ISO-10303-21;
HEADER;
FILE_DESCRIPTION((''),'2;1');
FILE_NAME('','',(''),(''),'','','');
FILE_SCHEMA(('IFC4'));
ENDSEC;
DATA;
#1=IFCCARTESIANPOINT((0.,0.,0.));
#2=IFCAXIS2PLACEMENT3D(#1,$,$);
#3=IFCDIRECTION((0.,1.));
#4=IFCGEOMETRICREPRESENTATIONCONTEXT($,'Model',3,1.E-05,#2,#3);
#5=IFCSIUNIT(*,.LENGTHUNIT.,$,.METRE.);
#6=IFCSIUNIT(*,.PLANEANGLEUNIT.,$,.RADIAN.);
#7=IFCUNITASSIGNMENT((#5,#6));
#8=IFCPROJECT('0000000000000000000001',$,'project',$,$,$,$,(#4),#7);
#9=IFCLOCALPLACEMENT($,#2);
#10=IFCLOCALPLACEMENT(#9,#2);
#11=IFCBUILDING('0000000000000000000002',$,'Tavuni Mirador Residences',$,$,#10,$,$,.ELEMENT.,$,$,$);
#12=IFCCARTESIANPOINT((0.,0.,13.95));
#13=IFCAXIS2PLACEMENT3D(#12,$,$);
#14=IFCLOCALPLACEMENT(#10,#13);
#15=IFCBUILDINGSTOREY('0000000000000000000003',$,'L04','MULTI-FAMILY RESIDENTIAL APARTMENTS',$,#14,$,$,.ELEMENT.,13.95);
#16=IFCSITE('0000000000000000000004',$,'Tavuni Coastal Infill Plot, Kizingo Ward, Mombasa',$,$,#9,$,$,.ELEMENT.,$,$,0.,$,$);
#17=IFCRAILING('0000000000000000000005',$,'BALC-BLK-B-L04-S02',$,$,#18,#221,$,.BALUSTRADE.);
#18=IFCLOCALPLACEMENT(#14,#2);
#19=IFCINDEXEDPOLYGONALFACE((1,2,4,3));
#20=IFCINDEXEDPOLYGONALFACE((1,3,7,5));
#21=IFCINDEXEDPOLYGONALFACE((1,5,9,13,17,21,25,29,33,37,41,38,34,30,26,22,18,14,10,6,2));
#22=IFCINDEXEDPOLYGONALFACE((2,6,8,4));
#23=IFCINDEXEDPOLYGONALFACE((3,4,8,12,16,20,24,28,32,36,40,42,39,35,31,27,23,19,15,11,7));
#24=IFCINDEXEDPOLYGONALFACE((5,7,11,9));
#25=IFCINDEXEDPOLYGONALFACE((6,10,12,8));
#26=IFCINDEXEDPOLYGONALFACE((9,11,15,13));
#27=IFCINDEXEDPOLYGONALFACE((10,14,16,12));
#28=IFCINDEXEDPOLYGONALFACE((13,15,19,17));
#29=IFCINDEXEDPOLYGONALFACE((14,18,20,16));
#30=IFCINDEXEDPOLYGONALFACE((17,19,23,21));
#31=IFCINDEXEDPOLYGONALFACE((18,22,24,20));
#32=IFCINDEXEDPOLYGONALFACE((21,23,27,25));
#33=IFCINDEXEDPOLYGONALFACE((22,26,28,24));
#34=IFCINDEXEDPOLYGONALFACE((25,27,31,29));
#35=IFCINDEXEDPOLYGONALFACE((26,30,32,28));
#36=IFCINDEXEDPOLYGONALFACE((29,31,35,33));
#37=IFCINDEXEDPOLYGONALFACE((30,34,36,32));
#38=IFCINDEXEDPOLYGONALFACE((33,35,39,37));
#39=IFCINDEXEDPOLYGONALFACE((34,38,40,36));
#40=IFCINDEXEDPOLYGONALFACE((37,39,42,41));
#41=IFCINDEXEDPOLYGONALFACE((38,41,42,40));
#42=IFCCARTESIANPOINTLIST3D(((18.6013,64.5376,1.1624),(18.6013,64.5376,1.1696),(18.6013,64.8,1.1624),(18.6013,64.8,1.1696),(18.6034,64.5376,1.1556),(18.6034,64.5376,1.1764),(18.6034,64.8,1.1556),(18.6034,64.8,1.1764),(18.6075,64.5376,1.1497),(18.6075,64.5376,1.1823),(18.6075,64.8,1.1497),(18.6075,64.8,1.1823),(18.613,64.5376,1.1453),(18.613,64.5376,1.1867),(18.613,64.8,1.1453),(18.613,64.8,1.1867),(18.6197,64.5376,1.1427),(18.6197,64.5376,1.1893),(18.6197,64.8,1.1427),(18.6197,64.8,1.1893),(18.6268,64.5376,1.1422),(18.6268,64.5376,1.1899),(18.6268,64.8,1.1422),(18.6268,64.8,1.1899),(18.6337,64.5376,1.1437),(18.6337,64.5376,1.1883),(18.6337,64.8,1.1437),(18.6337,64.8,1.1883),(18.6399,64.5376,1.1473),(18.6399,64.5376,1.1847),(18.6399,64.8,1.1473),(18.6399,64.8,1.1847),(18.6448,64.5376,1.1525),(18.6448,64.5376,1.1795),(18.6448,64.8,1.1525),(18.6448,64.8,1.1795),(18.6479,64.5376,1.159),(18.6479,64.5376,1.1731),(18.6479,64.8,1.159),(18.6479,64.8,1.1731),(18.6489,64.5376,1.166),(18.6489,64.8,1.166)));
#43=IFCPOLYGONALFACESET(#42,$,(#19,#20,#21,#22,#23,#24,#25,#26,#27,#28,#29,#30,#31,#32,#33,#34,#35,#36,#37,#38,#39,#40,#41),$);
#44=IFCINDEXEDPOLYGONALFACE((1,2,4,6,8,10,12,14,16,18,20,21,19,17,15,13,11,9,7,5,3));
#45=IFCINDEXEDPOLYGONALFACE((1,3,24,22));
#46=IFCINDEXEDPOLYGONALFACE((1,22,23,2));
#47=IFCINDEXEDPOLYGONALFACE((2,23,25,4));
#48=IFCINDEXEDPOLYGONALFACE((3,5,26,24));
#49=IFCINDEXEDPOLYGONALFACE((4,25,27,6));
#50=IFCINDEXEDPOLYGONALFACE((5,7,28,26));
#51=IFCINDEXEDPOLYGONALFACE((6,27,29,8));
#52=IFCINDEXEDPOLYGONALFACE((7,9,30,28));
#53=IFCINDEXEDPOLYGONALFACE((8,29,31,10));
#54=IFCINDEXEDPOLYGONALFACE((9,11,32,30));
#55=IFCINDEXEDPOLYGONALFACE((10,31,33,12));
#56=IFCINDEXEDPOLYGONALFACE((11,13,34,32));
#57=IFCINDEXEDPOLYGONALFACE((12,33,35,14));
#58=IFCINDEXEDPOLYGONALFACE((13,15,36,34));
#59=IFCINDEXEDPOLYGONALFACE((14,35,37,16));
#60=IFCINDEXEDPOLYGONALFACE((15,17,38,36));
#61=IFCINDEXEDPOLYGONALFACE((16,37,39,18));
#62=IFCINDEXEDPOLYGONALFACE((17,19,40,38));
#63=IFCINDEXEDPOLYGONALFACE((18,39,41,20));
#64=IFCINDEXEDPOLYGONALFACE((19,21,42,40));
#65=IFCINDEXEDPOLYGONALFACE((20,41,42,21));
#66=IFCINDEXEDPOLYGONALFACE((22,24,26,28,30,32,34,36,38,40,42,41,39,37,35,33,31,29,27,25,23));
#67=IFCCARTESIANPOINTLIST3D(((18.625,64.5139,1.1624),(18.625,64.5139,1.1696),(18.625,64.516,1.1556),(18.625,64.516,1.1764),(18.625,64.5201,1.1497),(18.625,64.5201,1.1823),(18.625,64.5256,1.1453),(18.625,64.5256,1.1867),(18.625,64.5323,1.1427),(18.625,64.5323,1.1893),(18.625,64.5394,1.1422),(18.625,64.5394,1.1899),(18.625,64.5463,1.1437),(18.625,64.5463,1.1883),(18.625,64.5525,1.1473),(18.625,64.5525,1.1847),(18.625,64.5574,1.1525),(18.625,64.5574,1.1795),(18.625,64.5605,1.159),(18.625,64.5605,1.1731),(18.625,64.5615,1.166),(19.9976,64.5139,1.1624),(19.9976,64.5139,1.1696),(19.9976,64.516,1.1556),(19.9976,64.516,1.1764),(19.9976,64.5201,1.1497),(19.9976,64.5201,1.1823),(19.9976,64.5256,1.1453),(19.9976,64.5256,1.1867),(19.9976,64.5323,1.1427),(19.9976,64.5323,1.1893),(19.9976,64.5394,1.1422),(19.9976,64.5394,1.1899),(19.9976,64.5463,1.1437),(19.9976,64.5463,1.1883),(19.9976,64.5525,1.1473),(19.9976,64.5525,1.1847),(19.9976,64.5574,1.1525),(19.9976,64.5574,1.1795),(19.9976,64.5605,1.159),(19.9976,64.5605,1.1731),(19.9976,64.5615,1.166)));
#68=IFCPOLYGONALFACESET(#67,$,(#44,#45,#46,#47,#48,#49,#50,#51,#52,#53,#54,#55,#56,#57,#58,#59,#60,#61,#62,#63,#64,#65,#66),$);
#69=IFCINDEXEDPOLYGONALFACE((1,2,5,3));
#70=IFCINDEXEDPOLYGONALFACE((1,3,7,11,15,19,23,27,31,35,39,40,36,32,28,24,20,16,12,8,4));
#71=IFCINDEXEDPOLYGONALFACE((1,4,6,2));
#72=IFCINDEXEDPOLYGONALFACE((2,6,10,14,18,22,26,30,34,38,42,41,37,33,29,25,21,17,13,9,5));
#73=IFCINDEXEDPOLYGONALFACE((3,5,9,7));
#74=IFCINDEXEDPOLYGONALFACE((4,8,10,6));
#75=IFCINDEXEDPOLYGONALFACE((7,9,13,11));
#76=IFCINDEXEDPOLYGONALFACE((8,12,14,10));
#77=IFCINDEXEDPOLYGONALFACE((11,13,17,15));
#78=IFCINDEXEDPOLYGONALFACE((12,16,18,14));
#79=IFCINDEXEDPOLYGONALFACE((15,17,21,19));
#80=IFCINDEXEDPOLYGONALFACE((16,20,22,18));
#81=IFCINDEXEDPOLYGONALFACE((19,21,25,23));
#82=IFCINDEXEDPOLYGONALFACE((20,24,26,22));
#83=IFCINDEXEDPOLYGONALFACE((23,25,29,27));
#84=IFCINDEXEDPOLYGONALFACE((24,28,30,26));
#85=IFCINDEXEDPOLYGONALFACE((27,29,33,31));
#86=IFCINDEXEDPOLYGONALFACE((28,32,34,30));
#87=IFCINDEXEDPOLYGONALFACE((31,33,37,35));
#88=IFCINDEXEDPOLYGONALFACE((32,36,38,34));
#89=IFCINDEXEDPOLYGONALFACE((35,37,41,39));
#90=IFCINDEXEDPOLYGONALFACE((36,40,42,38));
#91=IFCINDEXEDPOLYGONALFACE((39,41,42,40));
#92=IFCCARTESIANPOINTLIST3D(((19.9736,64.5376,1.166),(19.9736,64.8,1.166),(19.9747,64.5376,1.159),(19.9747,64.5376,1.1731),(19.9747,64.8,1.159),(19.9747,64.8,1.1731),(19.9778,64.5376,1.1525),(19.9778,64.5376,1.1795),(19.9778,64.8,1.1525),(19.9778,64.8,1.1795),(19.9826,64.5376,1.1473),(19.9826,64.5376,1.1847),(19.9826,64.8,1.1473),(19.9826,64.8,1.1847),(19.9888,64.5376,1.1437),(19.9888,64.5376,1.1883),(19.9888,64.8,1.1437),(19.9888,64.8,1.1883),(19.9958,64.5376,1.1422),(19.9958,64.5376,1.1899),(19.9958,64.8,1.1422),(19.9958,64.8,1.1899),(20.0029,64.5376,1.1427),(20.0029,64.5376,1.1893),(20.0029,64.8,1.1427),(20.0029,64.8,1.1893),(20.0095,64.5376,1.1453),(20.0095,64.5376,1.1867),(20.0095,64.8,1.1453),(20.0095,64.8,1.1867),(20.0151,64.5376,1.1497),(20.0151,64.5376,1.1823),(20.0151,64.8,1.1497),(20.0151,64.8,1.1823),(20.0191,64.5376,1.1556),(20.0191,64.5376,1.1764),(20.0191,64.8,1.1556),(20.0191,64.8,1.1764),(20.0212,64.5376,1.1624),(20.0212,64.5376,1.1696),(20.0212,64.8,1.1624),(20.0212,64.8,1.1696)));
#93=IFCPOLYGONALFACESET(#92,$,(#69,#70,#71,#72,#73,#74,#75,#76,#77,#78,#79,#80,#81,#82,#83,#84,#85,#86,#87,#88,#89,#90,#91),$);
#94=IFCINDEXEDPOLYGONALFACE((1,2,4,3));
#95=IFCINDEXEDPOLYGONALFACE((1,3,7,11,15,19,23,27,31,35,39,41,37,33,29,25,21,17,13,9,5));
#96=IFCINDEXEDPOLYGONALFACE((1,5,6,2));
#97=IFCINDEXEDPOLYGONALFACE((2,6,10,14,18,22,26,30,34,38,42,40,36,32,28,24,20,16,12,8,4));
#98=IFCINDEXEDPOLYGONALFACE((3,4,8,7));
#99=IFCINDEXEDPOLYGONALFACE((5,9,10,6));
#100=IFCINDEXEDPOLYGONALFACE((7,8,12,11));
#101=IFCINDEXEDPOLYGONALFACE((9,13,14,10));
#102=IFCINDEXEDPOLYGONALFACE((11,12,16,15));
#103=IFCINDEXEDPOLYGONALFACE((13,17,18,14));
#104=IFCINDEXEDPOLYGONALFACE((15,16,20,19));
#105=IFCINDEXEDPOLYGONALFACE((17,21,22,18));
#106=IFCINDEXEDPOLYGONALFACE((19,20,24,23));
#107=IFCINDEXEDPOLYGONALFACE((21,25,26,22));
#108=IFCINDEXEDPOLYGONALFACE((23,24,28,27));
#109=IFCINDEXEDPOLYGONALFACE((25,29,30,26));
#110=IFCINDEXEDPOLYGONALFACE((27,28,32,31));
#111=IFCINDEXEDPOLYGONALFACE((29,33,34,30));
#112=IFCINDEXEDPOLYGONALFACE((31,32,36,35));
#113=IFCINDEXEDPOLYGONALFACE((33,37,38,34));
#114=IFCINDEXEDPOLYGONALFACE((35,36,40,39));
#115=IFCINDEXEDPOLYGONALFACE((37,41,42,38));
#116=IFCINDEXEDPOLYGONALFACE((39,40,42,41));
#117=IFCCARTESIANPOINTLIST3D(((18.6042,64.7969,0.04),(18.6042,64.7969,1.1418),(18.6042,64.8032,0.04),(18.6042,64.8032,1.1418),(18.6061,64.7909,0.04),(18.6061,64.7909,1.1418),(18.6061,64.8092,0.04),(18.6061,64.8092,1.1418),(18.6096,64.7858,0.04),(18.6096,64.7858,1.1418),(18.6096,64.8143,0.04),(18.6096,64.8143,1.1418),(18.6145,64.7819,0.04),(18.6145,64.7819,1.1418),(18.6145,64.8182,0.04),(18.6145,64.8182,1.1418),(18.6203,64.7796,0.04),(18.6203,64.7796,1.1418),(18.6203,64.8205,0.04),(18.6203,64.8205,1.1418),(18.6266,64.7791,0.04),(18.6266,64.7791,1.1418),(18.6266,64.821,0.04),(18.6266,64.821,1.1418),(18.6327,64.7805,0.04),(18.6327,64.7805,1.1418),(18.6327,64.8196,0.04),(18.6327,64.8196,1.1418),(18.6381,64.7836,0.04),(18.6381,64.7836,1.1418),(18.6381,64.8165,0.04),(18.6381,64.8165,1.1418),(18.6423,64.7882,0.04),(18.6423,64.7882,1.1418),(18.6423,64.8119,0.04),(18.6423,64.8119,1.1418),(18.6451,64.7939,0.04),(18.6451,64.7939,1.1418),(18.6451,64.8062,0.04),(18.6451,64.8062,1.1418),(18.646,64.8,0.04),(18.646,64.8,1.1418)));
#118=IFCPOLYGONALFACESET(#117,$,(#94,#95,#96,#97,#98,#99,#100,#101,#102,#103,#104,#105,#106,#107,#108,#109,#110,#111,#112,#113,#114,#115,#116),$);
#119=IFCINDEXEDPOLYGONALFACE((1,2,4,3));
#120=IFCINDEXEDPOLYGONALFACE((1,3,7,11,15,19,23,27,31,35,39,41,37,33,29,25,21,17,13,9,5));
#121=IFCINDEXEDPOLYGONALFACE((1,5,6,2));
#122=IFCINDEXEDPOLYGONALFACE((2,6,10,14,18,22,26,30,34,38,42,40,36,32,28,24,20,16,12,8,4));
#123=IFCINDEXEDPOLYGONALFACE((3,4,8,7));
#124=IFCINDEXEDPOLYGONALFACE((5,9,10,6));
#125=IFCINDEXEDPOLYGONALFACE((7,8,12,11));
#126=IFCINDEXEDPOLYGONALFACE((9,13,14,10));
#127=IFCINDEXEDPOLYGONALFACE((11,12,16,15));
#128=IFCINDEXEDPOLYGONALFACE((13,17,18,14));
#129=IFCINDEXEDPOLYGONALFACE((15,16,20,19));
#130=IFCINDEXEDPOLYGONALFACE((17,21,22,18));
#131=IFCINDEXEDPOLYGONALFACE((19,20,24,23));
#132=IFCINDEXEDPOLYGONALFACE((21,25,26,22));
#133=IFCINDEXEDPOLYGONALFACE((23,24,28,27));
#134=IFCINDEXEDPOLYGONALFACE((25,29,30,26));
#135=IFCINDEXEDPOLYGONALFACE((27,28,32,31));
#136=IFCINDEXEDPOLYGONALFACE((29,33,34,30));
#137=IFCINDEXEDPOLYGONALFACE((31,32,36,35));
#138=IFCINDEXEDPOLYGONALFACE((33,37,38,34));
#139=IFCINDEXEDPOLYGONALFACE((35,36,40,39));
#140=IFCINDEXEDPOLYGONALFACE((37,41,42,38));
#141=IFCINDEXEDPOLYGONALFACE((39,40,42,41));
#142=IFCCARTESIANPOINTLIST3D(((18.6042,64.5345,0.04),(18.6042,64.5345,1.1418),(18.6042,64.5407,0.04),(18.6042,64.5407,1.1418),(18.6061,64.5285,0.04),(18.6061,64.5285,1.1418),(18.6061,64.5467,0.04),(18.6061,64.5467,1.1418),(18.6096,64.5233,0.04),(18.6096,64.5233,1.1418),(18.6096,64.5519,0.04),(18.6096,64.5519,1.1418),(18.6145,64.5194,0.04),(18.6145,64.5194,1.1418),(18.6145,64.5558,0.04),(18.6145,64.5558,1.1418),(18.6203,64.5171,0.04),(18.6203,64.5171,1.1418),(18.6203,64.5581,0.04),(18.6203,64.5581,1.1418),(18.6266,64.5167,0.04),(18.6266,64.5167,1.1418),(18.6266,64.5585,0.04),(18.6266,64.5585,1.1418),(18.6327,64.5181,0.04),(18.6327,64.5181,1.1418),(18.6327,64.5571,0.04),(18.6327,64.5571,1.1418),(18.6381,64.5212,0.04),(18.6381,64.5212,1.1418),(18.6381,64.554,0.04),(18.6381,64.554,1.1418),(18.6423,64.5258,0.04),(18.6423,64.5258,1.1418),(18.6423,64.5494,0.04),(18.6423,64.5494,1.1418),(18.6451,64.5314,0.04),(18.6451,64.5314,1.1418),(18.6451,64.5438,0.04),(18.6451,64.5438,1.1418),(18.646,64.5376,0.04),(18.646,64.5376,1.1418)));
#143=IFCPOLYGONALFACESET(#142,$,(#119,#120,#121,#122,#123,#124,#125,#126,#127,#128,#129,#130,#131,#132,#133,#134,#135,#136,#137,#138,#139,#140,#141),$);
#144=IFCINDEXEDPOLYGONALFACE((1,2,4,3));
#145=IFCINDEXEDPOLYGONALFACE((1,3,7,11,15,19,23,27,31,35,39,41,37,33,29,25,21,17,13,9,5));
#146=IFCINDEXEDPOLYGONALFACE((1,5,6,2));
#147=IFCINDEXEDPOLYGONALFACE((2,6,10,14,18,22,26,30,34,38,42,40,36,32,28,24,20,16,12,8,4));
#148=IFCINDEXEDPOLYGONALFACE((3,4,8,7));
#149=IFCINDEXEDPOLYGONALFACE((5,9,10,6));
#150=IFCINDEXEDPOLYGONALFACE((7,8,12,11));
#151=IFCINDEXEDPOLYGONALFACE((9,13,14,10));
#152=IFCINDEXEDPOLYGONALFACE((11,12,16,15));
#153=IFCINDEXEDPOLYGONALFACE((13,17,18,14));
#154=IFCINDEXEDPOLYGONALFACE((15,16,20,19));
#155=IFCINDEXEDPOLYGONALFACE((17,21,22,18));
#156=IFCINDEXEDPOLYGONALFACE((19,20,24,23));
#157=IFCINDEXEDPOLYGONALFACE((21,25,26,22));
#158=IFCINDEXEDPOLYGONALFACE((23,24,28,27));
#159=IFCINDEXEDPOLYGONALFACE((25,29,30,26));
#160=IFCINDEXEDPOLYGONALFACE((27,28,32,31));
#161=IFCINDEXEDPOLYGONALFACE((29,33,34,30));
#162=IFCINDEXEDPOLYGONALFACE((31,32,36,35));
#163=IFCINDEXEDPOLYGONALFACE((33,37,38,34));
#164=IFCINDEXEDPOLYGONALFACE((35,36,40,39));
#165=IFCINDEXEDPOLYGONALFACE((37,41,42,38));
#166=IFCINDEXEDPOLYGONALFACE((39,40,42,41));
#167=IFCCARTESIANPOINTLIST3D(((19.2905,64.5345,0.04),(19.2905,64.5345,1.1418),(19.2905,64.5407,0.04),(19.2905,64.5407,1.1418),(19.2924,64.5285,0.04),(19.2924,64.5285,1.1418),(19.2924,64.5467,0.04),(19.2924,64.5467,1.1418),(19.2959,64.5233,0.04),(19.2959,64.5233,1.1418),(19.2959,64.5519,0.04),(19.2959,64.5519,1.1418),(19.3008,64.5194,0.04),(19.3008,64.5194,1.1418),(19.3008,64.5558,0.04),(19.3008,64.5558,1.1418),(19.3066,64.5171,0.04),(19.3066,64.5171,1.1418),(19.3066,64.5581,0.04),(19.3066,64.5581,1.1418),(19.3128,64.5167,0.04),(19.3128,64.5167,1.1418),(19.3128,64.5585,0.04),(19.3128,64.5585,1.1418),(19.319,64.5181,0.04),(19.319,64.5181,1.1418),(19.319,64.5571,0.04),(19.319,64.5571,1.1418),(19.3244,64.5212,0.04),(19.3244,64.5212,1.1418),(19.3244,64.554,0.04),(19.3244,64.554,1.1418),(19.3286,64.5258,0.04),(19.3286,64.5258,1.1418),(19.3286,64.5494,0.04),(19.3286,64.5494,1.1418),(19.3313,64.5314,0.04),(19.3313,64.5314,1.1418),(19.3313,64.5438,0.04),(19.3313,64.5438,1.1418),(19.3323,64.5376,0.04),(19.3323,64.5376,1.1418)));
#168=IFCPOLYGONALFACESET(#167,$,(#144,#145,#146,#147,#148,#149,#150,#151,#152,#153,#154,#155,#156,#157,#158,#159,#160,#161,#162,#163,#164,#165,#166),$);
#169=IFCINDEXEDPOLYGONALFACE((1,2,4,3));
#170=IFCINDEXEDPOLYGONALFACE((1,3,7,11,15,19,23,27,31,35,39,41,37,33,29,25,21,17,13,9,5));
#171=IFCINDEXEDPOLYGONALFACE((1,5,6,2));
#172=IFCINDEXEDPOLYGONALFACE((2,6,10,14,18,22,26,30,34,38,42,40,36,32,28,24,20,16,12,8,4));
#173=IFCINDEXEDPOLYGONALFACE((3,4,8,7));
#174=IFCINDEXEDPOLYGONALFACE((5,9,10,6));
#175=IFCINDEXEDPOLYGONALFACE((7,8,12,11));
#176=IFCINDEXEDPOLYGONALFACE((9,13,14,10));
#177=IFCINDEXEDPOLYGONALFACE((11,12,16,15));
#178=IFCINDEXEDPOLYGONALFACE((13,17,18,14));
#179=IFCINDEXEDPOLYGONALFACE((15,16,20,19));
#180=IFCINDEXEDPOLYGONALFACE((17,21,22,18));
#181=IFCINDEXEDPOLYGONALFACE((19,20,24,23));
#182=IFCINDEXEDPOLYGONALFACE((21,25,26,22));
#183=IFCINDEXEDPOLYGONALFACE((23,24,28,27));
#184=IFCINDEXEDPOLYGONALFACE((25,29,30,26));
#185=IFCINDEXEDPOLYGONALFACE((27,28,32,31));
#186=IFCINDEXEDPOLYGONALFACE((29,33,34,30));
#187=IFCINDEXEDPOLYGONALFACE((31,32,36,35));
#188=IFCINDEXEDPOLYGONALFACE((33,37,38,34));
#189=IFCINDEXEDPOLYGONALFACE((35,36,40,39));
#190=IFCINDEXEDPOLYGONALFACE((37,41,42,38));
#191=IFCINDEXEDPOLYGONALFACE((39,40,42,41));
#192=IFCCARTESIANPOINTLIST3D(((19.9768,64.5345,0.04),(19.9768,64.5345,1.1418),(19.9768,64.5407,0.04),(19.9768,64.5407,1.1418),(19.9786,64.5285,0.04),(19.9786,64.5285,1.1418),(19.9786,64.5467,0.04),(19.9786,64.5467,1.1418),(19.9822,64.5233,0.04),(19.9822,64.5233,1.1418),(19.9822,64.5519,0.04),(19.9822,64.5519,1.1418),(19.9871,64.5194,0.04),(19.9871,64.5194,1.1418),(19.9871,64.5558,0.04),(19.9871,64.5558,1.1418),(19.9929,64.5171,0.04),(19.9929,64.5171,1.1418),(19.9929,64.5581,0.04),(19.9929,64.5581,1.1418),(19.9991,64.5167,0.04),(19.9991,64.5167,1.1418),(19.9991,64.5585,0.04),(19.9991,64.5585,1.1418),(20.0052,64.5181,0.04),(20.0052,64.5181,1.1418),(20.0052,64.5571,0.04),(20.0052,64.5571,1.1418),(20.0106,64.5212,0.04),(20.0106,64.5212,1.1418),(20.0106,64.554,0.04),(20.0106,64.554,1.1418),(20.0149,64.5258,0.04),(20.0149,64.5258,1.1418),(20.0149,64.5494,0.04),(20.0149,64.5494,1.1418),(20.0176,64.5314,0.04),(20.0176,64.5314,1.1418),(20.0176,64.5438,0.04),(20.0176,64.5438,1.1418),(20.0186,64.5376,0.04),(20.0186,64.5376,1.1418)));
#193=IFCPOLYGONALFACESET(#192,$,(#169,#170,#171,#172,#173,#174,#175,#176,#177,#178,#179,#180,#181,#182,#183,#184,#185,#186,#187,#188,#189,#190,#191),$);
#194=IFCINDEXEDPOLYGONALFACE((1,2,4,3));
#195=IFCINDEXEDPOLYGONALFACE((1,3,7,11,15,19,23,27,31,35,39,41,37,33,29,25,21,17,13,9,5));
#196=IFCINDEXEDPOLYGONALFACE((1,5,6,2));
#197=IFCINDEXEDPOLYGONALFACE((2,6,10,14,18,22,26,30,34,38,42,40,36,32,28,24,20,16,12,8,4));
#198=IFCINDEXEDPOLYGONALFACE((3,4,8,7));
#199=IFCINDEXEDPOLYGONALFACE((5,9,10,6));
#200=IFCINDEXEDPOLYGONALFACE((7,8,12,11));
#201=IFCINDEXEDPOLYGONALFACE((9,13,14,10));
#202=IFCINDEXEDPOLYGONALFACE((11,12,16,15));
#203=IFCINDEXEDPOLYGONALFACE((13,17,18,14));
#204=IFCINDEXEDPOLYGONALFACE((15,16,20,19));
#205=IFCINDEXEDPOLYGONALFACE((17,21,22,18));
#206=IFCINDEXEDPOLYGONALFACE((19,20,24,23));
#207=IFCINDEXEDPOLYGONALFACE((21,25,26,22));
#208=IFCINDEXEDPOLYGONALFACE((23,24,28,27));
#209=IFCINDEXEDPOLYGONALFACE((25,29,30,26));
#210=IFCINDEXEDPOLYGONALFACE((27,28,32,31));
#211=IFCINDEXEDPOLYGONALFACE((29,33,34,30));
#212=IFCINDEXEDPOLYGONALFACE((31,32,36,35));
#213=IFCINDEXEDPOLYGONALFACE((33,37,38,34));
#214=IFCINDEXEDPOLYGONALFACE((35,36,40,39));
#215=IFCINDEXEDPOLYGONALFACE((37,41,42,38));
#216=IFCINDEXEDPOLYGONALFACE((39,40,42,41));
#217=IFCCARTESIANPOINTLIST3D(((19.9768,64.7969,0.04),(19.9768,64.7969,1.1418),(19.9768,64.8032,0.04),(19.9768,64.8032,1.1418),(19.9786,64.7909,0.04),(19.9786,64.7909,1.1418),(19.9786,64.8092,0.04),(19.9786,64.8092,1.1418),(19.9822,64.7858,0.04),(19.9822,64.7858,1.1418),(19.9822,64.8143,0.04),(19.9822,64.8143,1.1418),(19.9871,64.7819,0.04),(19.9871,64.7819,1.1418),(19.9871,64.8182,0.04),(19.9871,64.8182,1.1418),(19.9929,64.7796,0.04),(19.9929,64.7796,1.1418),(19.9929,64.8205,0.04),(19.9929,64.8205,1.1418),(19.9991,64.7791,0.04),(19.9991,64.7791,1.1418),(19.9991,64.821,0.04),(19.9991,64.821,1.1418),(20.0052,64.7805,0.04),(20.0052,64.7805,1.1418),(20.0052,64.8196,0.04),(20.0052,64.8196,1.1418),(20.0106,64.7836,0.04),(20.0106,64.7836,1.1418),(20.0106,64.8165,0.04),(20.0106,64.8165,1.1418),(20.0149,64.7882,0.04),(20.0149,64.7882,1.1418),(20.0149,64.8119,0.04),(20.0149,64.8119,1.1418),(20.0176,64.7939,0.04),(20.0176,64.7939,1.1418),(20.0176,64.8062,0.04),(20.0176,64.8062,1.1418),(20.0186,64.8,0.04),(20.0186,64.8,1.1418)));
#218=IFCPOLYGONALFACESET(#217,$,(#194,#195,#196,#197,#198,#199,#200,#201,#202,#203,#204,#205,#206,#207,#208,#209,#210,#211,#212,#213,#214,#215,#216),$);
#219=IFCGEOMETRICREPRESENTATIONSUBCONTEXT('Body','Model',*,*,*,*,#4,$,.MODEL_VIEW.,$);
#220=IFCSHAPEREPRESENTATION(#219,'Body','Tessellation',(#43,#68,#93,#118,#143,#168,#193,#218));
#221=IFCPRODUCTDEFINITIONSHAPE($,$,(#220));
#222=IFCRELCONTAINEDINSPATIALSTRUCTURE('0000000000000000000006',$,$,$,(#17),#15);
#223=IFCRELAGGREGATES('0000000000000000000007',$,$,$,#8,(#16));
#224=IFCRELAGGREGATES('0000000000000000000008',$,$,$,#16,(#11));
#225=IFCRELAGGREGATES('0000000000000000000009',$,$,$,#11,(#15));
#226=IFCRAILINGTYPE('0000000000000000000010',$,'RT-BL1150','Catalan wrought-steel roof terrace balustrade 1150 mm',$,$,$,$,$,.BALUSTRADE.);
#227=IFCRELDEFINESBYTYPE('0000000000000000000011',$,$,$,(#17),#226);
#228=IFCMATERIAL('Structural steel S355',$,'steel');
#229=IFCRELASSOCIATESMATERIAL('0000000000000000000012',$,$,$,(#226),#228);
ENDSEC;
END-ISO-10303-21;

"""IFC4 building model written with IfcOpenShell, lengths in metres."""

from ifc_helpers import new_model, si_unit, direction, frame, origin, origin_2d, place, context, subcontext, project, spatial, circle, extrude, material, type_object, element, save


model = new_model("IFC4")

# Units and contexts
model_context = context("Model", 3, precision=1e-05, world=origin(), true_north=direction((0.0, 1.0)))
body_context = subcontext(model_context, "Body", "Model", "MODEL_VIEW")
ifc_project = project(units=[si_unit("LENGTHUNIT", "METRE"), si_unit("PLANEANGLEUNIT", "RADIAN")], contexts=[model_context])

# Site, building, storey
site_placement = place(None, origin())
site = spatial("IfcSite", under=ifc_project, at=site_placement, Name="Tavuni Coastal Infill Plot, Kizingo Ward, Mombasa", CompositionType="ELEMENT", RefElevation=0.0)
building_placement = place(site_placement, origin())
building = spatial("IfcBuilding", under=site, at=building_placement, Name="Tavuni Mirador Residences", CompositionType="ELEMENT")
storey_placement = place(building_placement, frame((0.0, 0.0, 13.95)))
storey = spatial("IfcBuildingStorey", under=building, at=storey_placement, Name="L04", Description="MULTI-FAMILY RESIDENTIAL APARTMENTS", CompositionType="ELEMENT", Elevation=13.95)

# Shared definitions
ifc_material_1 = material(Name="Structural steel S355", Category="steel")

# Railing
railing_type = type_object("IfcRailingType", Name="RT-BL1150", Description="Catalan wrought-steel roof terrace balustrade 1150 mm", PredefinedType="BALUSTRADE", material=ifc_material_1)
railing_placement = place(storey_placement, frame((18.625, 64.8, 0.04)))
element("IfcRailing", 1, at=railing_placement, inside=storey, type_object=railing_type, Name="BALC-BLK-B-L04-S02", PredefinedType="BALUSTRADE", context=body_context, shape_type="SweptSolid", body=[
    extrude(circle(Radius=0.0239, at=origin_2d()), frame((0.0, 0.0, 1.126), z_axis=(0.0, -1.0, 0.0), x_axis=(1.0, 0.0, 0.0)), (0.0, 0.0, 1.0), 0.2625),
    extrude(circle(Radius=0.0239, at=origin_2d()), frame((0.0, -0.2625, 1.126), z_axis=(1.0, 0.0, 0.0), x_axis=(0.0, 1.0, 0.0)), (0.0, 0.0, 1.0), 1.3726),
    extrude(circle(Radius=0.0239, at=origin_2d()), frame((1.3726, -0.2625, 1.126), z_axis=(0.0, 1.0, 0.0), x_axis=(-1.0, 0.0, 0.0)), (0.0, 0.0, 1.0), 0.2625),
    extrude(circle(Radius=0.021, at=origin_2d()), origin(), (0.0, 0.0, 1.0), 1.1018),
    extrude(circle(Radius=0.021, at=origin_2d()), frame((0.0, -0.2625, 0.0)), (0.0, 0.0, 1.0), 1.1018),
    extrude(circle(Radius=0.021, at=origin_2d()), frame((0.6863, -0.2625, 0.0)), (0.0, 0.0, 1.0), 1.1018),
    extrude(circle(Radius=0.021, at=origin_2d()), frame((1.3726, -0.2625, 0.0)), (0.0, 0.0, 1.0), 1.1018),
    extrude(circle(Radius=0.021, at=origin_2d()), frame((1.3726, 0.0, 0.0)), (0.0, 0.0, 1.0), 1.1018),
])

save(model, "model.ifc")
